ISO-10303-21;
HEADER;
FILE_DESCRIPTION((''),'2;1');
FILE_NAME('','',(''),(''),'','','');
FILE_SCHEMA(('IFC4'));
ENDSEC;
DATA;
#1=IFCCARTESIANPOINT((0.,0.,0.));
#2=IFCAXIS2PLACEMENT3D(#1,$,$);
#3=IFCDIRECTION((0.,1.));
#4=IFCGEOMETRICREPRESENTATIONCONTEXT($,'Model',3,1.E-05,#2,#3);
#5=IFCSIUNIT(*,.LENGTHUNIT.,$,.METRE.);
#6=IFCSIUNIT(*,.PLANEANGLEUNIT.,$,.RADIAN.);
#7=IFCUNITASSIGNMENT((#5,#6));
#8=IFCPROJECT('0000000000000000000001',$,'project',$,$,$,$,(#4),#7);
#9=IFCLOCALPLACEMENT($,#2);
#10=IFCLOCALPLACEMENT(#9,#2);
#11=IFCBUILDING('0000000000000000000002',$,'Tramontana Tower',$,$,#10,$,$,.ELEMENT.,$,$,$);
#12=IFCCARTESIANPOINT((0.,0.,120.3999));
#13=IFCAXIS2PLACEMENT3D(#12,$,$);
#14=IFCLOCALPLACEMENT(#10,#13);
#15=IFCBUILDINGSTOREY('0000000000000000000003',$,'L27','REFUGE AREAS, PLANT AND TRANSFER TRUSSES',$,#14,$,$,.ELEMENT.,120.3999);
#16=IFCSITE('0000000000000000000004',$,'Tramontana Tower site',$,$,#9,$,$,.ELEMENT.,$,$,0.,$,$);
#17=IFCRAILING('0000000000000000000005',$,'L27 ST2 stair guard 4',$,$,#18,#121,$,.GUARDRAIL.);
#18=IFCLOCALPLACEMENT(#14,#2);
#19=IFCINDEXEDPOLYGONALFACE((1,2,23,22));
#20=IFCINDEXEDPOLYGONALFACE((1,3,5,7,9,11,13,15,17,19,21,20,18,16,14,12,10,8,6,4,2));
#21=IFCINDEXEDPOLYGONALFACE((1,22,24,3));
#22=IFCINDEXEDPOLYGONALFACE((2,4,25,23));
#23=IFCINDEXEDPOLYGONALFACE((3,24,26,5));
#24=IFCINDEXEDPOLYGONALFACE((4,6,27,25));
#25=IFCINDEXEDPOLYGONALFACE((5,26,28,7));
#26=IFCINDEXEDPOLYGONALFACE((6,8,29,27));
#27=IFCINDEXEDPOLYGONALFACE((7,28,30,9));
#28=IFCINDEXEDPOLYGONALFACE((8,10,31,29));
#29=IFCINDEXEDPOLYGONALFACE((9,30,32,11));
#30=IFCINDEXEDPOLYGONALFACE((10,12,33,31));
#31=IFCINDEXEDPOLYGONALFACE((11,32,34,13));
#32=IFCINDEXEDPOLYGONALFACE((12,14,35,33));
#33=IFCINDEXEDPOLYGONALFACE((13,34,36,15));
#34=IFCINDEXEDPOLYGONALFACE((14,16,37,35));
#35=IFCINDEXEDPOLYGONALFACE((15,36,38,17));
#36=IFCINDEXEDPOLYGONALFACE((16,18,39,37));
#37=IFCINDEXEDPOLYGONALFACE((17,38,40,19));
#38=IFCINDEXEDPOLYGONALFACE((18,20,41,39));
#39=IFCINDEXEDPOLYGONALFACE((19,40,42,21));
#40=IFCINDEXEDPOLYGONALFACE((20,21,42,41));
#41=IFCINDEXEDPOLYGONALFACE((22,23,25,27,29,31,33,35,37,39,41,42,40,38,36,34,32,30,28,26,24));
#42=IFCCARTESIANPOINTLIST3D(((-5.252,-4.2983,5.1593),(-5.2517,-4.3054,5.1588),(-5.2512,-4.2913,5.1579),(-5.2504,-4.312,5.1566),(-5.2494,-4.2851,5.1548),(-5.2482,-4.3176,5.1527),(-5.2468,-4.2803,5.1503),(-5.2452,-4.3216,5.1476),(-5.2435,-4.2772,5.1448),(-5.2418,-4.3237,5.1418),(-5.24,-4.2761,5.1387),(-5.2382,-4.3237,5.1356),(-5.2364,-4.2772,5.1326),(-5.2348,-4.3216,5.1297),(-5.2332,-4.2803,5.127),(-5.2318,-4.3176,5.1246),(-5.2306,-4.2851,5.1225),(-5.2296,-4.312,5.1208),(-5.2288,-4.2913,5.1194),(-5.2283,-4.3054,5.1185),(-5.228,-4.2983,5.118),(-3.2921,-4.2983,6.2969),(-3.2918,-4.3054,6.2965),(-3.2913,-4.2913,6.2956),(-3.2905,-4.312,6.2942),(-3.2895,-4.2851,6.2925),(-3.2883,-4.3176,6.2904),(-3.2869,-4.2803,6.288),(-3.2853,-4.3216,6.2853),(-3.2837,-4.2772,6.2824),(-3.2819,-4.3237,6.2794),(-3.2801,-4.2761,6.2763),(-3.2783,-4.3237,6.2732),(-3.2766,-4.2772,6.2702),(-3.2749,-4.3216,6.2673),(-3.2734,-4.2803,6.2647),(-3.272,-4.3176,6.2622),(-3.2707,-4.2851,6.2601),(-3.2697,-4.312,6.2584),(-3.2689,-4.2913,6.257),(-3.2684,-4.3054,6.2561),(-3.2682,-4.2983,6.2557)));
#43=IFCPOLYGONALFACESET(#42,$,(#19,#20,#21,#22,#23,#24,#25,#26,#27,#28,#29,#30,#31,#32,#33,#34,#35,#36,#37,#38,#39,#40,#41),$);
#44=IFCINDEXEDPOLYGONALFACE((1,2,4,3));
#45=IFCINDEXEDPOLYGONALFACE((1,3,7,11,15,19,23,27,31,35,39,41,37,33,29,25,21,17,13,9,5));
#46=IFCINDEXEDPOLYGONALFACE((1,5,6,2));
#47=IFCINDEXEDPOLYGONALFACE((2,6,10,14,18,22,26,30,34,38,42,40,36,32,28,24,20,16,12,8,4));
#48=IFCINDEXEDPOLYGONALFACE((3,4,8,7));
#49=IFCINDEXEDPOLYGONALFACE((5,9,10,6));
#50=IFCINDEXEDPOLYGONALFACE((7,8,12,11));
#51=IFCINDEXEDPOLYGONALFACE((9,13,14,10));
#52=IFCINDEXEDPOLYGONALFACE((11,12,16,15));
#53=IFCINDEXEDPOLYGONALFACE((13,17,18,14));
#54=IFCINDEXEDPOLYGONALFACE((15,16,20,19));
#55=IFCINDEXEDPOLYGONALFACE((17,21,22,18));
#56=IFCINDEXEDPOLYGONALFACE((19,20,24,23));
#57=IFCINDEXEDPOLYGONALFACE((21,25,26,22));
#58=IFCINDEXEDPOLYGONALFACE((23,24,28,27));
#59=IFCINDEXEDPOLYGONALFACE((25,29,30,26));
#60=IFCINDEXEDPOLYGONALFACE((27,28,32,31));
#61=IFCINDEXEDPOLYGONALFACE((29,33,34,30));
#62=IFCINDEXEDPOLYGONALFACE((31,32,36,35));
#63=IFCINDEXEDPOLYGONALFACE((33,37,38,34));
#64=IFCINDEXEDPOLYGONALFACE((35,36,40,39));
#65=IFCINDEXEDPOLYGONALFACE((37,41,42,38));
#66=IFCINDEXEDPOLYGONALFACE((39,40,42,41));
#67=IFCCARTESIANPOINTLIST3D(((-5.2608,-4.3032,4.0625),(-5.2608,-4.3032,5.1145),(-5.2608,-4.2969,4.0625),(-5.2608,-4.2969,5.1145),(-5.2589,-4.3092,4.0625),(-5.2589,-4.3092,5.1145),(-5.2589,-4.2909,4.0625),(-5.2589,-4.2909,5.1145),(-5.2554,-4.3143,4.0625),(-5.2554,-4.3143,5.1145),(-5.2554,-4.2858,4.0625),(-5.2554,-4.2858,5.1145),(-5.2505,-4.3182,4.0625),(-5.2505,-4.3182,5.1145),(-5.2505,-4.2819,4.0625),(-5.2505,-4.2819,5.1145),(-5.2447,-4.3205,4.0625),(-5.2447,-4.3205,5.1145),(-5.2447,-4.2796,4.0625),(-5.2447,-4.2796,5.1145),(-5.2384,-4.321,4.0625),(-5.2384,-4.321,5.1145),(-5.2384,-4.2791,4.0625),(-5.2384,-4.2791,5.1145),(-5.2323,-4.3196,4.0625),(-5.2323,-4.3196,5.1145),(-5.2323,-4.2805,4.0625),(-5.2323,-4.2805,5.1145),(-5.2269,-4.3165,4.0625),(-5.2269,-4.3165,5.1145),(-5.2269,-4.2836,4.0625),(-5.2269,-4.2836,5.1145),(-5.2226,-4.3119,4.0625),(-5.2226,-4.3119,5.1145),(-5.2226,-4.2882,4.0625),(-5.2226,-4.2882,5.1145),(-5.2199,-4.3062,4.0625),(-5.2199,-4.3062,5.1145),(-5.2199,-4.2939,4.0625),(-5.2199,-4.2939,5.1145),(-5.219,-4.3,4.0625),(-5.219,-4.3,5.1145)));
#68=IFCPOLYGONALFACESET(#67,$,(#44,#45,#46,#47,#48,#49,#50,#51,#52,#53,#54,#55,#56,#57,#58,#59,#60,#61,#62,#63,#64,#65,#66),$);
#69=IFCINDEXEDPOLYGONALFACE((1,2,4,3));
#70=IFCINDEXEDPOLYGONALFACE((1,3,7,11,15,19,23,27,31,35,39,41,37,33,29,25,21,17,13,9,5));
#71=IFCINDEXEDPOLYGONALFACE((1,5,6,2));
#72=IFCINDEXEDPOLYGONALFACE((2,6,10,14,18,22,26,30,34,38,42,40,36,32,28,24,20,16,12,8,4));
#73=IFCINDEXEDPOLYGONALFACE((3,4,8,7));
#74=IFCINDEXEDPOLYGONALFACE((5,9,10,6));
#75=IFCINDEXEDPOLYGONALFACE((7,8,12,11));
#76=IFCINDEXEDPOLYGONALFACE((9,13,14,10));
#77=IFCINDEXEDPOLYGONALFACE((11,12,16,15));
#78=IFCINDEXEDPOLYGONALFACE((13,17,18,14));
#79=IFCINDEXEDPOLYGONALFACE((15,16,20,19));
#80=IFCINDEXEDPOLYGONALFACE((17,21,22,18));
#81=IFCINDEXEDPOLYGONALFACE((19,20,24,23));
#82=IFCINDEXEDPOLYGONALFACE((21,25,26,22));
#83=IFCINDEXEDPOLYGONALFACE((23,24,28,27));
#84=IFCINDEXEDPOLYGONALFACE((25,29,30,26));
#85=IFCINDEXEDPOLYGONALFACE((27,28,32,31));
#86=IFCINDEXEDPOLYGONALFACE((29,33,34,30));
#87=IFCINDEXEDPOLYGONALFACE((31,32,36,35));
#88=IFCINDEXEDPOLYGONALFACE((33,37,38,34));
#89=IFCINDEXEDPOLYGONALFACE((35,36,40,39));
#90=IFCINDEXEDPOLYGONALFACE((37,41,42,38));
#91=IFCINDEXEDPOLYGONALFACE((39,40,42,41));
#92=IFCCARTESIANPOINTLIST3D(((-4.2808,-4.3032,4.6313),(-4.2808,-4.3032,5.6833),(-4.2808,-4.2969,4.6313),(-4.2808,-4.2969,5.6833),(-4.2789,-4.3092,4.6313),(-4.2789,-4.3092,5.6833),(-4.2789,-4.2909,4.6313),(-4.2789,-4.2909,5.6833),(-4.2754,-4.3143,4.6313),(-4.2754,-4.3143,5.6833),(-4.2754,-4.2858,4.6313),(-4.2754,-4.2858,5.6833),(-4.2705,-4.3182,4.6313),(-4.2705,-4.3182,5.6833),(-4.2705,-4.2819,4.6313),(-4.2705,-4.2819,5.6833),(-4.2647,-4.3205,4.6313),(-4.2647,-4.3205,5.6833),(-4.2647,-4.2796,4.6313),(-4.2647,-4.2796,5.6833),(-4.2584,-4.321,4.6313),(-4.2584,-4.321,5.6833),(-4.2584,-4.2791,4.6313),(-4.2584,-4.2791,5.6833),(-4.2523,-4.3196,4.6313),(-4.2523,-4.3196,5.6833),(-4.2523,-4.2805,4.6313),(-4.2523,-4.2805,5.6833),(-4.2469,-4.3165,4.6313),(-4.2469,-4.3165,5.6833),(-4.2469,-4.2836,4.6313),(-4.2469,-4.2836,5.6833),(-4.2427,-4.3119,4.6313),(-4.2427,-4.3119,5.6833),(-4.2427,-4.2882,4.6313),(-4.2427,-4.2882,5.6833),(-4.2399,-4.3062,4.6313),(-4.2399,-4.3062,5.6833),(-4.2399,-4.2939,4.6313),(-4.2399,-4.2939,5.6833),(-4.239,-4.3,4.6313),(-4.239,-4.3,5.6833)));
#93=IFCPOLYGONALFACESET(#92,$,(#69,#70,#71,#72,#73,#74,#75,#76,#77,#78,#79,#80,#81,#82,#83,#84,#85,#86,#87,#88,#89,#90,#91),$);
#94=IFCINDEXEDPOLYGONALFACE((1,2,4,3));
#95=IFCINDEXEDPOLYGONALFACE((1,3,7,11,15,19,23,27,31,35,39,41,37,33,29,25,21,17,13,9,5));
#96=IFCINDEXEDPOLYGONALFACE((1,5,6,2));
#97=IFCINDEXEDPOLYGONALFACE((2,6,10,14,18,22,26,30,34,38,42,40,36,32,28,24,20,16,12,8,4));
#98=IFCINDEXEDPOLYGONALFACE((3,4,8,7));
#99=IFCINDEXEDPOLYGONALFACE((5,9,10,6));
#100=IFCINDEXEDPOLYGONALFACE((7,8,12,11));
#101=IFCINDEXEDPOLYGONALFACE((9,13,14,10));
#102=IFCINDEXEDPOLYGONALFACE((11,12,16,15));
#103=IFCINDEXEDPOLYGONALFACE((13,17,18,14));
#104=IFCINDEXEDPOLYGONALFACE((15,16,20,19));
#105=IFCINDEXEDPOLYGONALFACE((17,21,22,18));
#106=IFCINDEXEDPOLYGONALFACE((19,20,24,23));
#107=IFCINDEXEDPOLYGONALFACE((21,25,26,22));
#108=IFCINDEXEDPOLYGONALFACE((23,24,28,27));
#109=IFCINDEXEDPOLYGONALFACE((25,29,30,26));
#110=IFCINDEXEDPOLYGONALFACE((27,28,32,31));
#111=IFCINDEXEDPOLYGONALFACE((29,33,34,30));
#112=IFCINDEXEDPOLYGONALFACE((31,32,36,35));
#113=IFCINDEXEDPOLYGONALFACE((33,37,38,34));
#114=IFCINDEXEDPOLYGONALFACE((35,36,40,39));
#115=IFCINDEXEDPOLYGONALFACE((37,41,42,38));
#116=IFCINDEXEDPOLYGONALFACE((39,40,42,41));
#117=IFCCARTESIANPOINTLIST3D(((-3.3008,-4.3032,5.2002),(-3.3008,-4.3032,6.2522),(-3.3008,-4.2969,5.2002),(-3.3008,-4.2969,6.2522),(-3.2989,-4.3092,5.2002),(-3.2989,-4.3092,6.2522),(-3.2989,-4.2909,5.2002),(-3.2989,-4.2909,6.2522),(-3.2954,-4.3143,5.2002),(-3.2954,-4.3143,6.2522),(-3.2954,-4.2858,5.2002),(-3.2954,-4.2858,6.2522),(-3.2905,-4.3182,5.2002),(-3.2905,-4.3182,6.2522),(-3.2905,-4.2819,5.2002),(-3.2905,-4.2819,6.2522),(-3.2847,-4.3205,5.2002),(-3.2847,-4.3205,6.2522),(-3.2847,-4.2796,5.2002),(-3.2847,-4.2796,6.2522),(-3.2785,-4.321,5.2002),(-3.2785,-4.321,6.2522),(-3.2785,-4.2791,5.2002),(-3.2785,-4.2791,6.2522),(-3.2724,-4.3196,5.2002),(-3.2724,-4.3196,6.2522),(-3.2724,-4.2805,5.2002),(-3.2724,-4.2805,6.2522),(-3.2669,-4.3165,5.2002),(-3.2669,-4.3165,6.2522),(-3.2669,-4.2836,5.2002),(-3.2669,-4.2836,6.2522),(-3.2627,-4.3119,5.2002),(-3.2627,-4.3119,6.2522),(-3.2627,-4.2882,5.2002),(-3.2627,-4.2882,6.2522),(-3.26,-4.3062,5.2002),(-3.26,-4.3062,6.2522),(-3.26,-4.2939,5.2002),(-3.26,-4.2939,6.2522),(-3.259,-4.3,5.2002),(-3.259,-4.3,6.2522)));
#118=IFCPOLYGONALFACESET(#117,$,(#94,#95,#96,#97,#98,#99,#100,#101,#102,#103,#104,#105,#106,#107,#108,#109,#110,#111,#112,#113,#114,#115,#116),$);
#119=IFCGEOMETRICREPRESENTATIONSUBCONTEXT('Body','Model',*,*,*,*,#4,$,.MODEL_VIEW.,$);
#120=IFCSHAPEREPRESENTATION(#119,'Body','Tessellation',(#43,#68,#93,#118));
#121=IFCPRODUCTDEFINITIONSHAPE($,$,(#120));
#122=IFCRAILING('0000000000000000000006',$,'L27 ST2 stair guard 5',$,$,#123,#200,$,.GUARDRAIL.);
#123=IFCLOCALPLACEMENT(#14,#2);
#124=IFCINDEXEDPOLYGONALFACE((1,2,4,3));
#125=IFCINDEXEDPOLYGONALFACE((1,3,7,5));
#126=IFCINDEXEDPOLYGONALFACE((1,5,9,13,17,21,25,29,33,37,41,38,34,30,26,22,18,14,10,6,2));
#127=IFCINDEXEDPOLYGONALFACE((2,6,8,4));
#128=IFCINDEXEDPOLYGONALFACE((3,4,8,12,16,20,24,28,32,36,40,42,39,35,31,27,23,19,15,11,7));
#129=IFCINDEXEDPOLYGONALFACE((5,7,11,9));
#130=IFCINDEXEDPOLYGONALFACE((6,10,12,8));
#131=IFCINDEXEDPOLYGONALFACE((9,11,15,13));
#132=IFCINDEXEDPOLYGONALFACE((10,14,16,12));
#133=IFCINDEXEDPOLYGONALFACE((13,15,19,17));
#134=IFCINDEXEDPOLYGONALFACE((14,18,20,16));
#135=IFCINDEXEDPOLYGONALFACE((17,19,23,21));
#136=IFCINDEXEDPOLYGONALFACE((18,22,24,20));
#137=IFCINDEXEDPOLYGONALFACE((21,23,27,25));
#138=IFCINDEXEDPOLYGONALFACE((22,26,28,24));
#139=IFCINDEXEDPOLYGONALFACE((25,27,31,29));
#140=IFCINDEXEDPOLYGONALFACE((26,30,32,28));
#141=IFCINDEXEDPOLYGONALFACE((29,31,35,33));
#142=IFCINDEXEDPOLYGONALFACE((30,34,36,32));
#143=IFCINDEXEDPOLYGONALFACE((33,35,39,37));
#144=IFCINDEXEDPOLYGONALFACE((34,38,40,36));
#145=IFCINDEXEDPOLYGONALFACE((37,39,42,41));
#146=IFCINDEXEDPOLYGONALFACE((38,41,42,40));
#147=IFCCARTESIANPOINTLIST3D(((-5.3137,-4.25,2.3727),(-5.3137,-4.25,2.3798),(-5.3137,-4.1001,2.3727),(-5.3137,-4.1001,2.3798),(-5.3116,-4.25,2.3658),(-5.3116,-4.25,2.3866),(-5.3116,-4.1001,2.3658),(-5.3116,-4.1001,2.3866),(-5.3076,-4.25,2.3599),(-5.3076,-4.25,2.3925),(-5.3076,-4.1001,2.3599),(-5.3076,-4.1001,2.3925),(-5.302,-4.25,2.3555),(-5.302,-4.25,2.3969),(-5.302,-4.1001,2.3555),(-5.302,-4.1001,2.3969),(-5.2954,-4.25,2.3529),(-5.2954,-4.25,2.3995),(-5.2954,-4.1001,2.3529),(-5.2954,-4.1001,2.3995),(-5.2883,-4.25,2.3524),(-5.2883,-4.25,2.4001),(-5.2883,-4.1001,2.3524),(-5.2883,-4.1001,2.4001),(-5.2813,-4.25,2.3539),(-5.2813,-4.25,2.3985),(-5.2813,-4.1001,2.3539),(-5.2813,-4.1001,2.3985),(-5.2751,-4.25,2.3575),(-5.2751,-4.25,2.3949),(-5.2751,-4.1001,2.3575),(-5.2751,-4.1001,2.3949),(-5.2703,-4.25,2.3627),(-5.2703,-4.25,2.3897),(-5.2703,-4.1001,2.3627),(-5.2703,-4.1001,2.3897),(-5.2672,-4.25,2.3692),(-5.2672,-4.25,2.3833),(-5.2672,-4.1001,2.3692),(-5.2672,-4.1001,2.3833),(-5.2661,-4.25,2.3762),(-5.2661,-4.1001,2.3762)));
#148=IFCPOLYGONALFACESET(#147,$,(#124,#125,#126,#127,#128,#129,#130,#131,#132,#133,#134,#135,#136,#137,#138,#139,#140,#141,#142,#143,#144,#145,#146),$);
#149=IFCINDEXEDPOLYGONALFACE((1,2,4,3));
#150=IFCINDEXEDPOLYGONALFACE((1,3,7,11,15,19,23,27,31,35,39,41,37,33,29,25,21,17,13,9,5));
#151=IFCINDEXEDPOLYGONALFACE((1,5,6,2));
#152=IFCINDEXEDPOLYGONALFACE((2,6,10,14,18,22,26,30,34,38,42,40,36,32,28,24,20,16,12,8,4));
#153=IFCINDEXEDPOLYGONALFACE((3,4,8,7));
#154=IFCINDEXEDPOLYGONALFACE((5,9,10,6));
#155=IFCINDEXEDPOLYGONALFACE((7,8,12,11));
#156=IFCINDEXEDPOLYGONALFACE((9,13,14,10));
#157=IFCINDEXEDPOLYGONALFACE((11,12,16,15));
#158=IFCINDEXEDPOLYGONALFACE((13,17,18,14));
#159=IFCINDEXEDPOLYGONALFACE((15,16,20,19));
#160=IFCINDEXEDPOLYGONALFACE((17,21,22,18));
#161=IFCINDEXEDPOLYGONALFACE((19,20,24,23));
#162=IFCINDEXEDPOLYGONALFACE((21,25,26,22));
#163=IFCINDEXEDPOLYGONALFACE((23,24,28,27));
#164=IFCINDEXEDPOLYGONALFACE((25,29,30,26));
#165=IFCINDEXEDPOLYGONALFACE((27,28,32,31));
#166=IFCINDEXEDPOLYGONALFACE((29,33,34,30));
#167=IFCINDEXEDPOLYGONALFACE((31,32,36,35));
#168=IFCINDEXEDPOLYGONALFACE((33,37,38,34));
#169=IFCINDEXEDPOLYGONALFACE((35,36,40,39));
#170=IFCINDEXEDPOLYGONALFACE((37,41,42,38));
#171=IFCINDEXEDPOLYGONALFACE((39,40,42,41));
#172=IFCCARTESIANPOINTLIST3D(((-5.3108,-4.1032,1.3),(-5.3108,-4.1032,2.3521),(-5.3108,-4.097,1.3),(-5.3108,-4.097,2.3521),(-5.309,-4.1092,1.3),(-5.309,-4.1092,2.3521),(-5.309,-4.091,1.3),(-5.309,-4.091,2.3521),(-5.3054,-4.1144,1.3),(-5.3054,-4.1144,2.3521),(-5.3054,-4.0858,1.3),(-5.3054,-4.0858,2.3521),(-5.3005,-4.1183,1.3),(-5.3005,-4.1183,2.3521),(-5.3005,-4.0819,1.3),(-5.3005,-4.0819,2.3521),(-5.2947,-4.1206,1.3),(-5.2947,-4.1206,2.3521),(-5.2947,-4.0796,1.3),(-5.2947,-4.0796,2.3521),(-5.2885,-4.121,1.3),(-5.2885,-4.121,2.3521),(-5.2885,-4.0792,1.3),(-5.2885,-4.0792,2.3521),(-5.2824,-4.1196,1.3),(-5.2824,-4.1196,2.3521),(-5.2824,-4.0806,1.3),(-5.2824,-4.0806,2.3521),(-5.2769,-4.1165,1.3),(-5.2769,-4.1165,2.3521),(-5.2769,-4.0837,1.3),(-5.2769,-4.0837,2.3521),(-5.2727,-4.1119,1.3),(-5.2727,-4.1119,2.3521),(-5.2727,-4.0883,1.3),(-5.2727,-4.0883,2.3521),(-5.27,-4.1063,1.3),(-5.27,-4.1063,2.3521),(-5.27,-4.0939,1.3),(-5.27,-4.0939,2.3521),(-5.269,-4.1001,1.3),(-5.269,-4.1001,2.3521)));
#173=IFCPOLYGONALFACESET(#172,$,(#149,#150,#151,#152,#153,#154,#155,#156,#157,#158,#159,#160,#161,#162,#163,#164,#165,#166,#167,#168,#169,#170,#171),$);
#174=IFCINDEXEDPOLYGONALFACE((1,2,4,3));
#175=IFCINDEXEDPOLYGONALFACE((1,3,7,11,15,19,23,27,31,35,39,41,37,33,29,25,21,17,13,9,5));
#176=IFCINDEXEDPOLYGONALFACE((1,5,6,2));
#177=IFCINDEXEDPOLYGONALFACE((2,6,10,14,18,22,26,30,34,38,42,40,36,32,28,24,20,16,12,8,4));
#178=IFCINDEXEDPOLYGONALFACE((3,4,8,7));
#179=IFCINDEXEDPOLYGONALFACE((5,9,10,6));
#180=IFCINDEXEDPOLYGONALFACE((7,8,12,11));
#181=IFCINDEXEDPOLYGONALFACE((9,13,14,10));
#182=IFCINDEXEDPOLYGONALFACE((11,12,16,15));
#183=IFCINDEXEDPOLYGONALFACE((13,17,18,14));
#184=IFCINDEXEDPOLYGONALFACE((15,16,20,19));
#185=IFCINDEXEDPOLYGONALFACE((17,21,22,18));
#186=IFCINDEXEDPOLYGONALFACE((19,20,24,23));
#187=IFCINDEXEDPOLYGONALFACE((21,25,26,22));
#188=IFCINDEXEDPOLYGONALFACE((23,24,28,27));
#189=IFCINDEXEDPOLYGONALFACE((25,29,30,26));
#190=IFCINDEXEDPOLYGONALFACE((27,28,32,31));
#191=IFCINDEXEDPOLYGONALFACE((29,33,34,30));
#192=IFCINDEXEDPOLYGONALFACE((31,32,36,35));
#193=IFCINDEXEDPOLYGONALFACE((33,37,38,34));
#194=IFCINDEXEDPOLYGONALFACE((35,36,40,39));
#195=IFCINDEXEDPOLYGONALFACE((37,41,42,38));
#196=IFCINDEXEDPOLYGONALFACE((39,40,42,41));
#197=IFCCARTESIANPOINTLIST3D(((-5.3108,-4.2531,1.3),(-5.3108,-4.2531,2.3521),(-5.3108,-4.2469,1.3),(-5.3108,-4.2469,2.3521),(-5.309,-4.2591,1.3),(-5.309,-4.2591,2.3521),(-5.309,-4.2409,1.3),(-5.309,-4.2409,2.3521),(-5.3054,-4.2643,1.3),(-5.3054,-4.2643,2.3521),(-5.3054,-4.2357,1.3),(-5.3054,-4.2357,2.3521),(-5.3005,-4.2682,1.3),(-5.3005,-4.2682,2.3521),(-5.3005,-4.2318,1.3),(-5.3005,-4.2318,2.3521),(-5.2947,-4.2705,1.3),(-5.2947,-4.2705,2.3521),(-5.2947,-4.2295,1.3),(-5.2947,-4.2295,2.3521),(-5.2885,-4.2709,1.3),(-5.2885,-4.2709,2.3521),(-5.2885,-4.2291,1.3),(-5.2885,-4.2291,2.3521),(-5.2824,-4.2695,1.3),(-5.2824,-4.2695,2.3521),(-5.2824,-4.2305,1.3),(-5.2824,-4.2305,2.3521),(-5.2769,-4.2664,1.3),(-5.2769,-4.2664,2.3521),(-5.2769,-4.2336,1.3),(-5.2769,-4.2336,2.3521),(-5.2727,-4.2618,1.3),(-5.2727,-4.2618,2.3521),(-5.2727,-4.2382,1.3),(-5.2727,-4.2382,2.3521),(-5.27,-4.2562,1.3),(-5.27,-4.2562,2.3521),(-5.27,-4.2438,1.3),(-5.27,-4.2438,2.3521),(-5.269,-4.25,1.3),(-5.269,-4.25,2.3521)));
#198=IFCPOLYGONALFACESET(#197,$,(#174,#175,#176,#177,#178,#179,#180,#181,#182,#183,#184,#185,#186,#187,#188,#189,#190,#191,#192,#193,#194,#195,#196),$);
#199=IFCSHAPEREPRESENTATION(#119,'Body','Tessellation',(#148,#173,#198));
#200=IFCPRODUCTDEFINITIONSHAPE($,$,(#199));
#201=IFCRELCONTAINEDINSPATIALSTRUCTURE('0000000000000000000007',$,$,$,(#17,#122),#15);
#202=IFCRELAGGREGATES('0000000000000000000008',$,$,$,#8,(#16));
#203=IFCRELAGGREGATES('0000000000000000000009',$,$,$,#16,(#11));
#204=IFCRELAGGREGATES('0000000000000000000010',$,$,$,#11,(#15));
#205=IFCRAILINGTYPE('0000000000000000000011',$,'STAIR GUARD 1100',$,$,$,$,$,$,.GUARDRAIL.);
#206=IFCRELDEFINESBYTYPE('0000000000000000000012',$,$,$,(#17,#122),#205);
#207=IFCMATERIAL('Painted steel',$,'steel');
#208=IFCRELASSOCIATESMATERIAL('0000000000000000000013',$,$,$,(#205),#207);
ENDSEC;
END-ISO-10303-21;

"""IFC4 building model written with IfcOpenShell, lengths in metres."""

from ifc_helpers import new_model, si_unit, direction, frame, origin, origin_2d, place, context, subcontext, project, spatial, circle, extrude, material, type_object, element, save


model = new_model("IFC4")

# Units and contexts
model_context = context("Model", 3, precision=1e-05, world=origin(), true_north=direction((0.0, 1.0)))
body_context = subcontext(model_context, "Body", "Model", "MODEL_VIEW")
ifc_project = project(units=[si_unit("LENGTHUNIT", "METRE"), si_unit("PLANEANGLEUNIT", "RADIAN")], contexts=[model_context])

# Site, building, storey
site_placement = place(None, origin())
site = spatial("IfcSite", under=ifc_project, at=site_placement, Name="Tramontana Tower site", CompositionType="ELEMENT", RefElevation=0.0)
building_placement = place(site_placement, origin())
building = spatial("IfcBuilding", under=site, at=building_placement, Name="Tramontana Tower", CompositionType="ELEMENT")
storey_placement = place(building_placement, frame((0.0, 0.0, 120.3999)))
storey = spatial("IfcBuildingStorey", under=building, at=storey_placement, Name="L27", Description="REFUGE AREAS, PLANT AND TRANSFER TRUSSES", CompositionType="ELEMENT", Elevation=120.3999)

# Railings
ifc_material_1 = material(Name="Painted steel", Category="steel")
railing_type_1 = type_object("IfcRailingType", Name="STAIR GUARD 1100", PredefinedType="GUARDRAIL", material=ifc_material_1)
railing_1_placement = place(storey_placement, frame((-5.24, -4.3, 4.0625)))
element("IfcRailing", 1, at=railing_1_placement, inside=storey, type_object=railing_type_1, Name="L27 ST2 stair guard 4", PredefinedType="GUARDRAIL", context=body_context, shape_type="SweptSolid", body=[
    extrude(circle(Radius=0.0239, at=origin_2d()), frame((0.0, 0.0, 1.0762), z_axis=(0.864855, 0.0, 0.502021), x_axis=(0.0, 1.0, 0.0)), (0.0, 0.0, 1.0), 2.2661),
    extrude(circle(Radius=0.021, at=origin_2d()), origin(), (0.0, 0.0, 1.0), 1.052),
    extrude(circle(Radius=0.021, at=origin_2d()), frame((0.98, 0.0, 0.5688)), (0.0, 0.0, 1.0), 1.052),
    extrude(circle(Radius=0.021, at=origin_2d()), frame((1.96, 0.0, 1.1377)), (0.0, 0.0, 1.0), 1.052),
])
for number, where, name in (
    (2, (-5.29, -4.1001, 1.3), "L27 ST2 stair guard 5"),
):
    element("IfcRailing", number, at=place(storey_placement, frame(where)), inside=storey, type_object=railing_type_1, Name=name, PredefinedType="GUARDRAIL", context=body_context, shape_type="SweptSolid", body=[
        extrude(circle(Radius=0.0239, at=origin_2d()), frame((0.0, 0.0, 1.0762), z_axis=(0.0, -1.0, 0.0), x_axis=(1.0, 0.0, 0.0)), (0.0, 0.0, 1.0), 0.1499),
        extrude(circle(Radius=0.021, at=origin_2d()), origin(), (0.0, 0.0, 1.0), 1.052),
        extrude(circle(Radius=0.021, at=origin_2d()), frame((0.0, -0.1499, 0.0)), (0.0, 0.0, 1.0), 1.052),
    ])

save(model, "model.ifc")
